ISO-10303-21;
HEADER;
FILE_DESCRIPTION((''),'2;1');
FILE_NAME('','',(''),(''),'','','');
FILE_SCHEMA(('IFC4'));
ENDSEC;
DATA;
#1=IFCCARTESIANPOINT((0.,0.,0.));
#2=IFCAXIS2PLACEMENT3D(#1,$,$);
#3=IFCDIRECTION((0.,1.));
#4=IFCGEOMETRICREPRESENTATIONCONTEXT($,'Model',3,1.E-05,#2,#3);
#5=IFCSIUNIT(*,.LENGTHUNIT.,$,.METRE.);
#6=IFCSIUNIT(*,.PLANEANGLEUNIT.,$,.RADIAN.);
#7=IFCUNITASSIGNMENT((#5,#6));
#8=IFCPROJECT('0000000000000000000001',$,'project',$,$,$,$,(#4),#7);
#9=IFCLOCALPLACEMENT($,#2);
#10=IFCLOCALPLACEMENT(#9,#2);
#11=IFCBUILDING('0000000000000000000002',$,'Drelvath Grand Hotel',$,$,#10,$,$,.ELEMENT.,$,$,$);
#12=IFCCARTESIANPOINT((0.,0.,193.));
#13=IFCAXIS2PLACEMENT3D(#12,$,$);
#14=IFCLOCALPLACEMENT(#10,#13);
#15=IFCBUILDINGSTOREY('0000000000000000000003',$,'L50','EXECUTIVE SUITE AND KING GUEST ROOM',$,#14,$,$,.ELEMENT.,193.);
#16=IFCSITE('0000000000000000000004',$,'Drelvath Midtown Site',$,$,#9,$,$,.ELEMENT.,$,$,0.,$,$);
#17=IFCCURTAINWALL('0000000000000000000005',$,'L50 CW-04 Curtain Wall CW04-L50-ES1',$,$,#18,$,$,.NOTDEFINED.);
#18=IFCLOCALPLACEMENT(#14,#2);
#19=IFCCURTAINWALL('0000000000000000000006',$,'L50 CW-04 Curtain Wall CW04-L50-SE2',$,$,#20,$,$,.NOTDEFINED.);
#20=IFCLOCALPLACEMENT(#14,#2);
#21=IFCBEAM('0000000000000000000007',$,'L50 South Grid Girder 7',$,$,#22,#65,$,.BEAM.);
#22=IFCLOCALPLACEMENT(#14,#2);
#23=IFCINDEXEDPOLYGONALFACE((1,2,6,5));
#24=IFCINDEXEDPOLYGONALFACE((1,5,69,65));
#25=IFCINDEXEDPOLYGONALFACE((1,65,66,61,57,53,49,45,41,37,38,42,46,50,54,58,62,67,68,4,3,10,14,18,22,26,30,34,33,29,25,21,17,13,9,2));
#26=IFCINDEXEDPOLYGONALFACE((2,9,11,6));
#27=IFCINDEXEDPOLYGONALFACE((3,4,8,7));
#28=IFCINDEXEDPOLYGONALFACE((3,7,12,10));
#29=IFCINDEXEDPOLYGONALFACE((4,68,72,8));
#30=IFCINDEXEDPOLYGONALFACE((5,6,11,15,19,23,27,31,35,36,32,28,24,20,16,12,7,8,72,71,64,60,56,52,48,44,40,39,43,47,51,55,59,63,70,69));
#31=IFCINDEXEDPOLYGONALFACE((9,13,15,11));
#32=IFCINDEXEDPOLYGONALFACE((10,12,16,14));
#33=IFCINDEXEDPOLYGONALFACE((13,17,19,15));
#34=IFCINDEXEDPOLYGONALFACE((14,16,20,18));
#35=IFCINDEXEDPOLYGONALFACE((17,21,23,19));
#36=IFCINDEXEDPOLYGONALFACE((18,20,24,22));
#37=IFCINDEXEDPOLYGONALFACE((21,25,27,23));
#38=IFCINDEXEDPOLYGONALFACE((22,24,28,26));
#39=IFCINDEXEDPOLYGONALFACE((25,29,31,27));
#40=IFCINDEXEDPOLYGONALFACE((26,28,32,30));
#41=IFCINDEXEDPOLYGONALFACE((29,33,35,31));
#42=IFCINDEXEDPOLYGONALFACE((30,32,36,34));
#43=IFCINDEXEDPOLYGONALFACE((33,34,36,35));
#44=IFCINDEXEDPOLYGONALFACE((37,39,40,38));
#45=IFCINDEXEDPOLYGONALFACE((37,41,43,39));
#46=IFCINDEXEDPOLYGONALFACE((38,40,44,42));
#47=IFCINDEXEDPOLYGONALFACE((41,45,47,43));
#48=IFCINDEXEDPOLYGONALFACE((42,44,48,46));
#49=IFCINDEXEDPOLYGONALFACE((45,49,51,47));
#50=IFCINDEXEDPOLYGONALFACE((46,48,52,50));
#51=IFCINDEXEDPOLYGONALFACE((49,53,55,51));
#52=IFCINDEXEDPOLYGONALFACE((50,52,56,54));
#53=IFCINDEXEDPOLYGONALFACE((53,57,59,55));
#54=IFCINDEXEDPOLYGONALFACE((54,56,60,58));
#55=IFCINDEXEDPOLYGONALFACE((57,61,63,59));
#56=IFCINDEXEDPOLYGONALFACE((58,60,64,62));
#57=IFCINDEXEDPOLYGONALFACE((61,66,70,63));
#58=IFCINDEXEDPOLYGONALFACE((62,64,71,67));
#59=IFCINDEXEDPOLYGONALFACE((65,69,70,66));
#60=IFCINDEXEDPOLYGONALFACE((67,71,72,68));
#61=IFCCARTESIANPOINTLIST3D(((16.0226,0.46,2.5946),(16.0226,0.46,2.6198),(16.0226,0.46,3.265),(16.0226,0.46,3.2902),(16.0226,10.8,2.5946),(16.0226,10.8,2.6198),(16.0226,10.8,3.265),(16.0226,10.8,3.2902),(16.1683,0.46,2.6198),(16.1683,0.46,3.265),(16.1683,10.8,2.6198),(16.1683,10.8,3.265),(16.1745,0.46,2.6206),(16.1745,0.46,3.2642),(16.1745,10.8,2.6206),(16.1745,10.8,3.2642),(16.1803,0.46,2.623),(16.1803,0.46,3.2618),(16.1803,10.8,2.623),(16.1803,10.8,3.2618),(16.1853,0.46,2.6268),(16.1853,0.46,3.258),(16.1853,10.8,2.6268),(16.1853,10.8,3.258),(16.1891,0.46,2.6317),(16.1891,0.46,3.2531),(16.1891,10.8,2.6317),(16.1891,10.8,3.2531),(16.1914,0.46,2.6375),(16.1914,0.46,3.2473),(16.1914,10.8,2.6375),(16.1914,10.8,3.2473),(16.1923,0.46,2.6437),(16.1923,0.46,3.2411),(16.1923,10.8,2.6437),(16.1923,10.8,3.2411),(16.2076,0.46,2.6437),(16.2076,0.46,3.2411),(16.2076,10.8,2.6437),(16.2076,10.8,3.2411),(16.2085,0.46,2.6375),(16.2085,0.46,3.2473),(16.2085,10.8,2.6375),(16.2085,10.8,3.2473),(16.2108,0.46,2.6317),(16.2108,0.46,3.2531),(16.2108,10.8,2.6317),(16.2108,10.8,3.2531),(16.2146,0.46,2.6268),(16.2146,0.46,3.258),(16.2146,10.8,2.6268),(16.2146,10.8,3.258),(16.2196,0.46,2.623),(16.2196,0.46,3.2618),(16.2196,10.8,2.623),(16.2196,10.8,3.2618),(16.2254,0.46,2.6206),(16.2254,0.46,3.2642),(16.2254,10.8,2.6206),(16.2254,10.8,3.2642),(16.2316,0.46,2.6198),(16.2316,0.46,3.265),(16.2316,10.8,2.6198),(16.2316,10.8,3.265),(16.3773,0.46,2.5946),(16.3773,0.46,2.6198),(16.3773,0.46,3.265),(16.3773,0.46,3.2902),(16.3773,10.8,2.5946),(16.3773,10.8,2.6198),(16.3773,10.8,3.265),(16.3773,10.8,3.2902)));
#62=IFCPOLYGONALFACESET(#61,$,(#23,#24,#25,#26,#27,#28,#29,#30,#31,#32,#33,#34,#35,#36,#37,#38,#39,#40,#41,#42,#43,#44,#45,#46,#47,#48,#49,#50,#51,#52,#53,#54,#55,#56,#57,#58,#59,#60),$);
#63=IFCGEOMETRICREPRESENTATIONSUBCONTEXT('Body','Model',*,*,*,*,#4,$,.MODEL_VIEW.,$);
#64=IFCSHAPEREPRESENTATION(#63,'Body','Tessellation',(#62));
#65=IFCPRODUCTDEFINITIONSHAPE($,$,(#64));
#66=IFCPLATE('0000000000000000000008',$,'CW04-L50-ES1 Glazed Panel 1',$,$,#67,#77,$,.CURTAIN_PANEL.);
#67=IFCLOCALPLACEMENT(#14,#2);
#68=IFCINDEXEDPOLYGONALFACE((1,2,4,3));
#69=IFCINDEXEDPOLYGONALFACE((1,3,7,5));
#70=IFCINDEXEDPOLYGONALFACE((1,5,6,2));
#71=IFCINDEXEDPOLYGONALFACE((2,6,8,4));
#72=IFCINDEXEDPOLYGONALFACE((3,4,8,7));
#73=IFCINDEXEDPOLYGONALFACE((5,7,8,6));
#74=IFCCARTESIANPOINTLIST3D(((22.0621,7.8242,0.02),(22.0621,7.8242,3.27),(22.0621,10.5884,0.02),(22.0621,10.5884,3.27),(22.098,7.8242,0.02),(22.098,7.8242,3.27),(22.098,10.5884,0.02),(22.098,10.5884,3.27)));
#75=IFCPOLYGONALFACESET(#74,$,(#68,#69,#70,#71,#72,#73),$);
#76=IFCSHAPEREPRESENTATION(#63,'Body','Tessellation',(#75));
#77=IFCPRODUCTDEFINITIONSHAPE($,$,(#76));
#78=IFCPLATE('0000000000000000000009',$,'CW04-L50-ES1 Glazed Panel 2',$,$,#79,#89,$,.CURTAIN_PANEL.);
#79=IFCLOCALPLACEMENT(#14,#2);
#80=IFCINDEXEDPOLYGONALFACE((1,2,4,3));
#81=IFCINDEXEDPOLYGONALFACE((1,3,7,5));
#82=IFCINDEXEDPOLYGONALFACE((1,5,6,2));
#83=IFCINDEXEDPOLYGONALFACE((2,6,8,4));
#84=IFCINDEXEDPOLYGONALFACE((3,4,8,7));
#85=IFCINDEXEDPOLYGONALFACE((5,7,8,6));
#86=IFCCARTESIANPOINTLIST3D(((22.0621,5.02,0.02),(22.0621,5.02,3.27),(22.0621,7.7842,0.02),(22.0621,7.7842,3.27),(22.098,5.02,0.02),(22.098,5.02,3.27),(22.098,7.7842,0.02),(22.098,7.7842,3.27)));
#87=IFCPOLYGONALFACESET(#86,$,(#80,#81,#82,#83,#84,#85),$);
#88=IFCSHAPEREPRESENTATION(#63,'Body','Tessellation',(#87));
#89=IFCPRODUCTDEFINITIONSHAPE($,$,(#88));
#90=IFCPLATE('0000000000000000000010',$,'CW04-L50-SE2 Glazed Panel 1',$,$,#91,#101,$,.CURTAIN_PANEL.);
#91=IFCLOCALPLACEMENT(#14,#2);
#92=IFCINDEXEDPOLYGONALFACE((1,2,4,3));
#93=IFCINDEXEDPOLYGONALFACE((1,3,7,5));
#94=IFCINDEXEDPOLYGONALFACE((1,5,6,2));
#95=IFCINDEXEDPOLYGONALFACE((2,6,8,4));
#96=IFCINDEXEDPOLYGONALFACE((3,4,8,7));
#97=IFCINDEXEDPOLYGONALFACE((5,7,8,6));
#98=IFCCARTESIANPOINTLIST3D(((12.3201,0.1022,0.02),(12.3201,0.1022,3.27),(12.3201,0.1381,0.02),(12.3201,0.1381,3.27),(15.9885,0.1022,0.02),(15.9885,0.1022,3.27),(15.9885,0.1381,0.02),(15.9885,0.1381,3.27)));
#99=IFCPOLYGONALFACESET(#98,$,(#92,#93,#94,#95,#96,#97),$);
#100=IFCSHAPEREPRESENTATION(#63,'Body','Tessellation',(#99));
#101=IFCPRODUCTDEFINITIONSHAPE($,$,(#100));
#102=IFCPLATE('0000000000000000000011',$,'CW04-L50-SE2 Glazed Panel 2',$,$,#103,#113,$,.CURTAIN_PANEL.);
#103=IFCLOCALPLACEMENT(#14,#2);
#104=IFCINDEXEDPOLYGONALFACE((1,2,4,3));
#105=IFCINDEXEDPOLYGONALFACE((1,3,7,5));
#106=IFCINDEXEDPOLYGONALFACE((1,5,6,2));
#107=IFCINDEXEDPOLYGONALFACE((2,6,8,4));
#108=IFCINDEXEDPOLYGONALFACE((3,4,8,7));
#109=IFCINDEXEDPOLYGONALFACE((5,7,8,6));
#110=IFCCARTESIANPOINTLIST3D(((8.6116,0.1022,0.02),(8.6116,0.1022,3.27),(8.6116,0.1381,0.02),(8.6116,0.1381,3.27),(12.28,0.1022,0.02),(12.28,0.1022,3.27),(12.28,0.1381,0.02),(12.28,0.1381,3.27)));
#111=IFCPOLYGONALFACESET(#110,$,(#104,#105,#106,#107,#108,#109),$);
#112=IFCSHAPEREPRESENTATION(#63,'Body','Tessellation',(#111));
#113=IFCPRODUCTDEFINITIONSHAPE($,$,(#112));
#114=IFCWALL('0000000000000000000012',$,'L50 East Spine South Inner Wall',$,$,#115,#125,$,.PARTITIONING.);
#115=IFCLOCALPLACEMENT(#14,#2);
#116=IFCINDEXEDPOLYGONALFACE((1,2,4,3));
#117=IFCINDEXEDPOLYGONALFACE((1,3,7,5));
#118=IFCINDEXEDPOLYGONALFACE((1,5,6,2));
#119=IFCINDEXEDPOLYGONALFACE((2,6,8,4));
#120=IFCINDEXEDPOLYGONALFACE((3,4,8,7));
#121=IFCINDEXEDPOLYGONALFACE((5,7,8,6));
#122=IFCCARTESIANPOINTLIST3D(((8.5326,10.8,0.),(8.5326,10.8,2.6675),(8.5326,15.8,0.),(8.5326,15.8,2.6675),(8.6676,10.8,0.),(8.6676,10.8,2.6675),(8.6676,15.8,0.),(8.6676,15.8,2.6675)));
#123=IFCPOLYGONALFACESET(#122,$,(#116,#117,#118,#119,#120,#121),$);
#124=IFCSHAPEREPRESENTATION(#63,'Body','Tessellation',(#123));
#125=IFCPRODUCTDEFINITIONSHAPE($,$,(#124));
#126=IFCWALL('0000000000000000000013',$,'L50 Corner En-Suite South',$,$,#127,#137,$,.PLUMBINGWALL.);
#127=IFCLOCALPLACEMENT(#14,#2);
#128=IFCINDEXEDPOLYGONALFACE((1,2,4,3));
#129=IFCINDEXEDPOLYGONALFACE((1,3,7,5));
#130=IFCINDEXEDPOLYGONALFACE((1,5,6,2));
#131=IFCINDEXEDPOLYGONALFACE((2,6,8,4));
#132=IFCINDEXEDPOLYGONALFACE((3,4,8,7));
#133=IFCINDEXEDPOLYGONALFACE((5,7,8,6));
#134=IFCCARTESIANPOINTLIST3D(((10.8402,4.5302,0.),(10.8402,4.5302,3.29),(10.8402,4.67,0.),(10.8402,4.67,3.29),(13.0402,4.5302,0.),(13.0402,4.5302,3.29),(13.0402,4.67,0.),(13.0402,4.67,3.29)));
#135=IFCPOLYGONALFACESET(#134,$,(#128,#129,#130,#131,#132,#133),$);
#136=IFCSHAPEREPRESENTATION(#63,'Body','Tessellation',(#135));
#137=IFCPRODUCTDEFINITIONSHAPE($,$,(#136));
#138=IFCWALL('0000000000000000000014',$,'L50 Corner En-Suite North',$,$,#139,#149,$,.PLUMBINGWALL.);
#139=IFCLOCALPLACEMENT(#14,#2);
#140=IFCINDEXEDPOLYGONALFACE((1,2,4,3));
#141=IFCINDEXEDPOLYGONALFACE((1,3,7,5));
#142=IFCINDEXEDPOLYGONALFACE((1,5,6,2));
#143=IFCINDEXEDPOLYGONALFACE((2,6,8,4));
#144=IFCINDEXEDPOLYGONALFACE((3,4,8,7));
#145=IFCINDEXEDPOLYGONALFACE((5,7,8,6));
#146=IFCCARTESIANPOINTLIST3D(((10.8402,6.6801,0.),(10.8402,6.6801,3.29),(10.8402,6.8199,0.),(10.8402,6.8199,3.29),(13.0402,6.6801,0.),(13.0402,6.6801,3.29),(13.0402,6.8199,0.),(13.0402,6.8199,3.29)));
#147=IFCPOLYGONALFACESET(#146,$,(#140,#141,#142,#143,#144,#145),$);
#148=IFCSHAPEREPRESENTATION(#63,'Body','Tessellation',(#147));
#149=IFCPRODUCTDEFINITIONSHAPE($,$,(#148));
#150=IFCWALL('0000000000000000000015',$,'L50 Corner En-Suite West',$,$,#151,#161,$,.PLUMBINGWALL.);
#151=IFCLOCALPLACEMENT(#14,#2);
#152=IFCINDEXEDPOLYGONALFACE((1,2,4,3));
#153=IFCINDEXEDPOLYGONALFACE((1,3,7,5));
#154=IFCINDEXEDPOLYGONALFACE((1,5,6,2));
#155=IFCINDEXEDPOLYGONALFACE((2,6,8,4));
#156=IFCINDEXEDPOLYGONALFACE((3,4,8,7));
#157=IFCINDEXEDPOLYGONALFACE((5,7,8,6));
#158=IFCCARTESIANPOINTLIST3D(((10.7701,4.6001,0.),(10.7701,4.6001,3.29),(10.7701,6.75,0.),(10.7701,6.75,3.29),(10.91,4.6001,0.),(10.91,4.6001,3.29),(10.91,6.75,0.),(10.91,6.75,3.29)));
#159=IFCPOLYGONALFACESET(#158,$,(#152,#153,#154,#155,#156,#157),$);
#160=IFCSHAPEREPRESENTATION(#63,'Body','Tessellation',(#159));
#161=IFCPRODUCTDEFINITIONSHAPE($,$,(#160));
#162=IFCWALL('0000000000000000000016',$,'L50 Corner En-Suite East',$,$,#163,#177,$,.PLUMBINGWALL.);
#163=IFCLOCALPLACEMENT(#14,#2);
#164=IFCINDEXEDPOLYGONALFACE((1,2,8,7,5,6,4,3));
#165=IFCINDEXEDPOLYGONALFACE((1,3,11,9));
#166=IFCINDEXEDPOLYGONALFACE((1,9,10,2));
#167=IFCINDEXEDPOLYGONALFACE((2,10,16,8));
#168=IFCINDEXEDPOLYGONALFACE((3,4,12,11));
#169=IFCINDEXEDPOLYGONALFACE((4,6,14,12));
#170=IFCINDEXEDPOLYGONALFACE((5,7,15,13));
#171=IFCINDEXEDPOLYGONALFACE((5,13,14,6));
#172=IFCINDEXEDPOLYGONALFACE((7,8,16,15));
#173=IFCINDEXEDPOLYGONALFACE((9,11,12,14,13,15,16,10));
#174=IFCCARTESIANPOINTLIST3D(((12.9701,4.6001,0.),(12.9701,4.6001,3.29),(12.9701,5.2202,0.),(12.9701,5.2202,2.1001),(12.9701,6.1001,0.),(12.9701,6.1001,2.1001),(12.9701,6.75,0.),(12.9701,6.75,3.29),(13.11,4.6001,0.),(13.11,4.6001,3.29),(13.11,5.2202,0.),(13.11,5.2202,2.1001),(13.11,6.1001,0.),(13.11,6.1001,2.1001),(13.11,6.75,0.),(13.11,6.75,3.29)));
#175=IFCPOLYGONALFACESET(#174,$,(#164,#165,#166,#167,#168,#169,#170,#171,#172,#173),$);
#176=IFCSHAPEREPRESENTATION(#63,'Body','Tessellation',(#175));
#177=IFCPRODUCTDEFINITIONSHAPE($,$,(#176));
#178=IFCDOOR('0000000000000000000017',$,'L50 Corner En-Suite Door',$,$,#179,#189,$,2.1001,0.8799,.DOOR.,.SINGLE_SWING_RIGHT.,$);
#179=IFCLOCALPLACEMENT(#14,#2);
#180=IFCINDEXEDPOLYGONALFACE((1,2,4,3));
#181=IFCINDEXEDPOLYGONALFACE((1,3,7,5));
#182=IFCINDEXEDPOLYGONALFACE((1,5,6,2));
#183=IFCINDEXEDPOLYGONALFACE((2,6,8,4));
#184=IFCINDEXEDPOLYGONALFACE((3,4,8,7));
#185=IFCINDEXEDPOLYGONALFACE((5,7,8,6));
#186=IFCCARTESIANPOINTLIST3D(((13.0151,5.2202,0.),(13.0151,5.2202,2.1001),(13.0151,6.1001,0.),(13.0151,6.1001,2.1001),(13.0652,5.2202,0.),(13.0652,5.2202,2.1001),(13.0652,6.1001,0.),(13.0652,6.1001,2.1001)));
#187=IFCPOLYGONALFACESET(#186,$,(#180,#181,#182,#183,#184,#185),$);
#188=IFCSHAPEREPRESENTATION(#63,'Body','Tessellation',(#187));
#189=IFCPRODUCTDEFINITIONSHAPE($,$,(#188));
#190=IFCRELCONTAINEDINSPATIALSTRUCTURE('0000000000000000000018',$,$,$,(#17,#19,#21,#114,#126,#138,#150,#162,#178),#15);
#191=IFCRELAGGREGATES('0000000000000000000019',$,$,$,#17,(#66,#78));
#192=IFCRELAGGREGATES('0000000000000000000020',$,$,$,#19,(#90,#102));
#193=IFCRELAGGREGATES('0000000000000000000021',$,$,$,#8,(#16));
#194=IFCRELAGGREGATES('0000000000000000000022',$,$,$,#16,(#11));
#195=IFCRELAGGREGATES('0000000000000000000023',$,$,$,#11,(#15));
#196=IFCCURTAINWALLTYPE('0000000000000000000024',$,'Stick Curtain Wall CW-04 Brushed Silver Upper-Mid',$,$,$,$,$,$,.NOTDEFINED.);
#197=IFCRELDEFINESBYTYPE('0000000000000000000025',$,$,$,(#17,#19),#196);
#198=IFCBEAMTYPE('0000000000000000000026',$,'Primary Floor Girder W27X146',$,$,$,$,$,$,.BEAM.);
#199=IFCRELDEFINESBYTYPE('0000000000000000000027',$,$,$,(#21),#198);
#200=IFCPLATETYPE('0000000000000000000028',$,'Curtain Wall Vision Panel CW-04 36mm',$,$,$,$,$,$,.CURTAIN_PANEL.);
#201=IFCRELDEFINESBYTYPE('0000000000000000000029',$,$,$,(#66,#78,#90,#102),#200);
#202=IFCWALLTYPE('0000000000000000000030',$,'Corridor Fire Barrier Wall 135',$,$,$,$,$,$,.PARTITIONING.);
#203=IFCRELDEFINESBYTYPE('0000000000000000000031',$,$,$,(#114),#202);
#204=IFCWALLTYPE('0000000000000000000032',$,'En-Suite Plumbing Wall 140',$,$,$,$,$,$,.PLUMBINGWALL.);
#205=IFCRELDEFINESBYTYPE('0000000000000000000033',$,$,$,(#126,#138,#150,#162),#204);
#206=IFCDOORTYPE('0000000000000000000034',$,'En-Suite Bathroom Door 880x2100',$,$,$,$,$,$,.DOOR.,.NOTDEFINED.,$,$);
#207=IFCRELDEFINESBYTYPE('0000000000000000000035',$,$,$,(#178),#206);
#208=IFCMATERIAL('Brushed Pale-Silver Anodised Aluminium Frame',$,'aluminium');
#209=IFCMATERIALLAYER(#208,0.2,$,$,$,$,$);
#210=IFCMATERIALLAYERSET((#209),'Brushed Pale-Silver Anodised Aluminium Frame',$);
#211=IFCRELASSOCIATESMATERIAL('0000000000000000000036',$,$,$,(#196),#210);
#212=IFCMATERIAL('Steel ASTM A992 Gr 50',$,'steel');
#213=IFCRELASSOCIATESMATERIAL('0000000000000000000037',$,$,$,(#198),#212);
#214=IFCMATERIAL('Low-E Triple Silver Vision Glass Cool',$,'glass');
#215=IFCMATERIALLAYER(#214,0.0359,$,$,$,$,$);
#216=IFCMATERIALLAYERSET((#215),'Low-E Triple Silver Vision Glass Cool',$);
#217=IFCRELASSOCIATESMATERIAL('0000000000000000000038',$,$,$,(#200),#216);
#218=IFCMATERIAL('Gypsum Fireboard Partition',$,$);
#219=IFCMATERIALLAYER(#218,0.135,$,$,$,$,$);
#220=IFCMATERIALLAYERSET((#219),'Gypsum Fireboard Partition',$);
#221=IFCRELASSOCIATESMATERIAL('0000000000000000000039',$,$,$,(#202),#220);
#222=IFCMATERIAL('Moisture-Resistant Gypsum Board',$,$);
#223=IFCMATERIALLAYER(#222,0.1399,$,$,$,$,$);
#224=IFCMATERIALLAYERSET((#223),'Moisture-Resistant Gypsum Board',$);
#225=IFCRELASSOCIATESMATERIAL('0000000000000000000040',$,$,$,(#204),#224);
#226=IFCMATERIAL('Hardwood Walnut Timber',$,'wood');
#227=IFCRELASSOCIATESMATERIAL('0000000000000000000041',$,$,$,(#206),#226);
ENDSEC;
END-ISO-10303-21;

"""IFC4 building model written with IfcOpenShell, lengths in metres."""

from ifc_helpers import new_model, si_unit, direction, frame, frame_2d, origin, origin_2d, place, context, subcontext, project, spatial, rectangle, i_section, extrude, material, layer, layer_set, material_profile, profile_set, type_object, element, fill, aggregate, save


model = new_model("IFC4")

# Units and contexts
model_context = context("Model", 3, precision=1e-05, world=origin(), true_north=direction((0.0, 1.0)))
body_context = subcontext(model_context, "Body", "Model", "MODEL_VIEW")
ifc_project = project(units=[si_unit("LENGTHUNIT", "METRE"), si_unit("PLANEANGLEUNIT", "RADIAN")], contexts=[model_context])

# Site, building, storey
site_placement = place(None, origin())
site = spatial("IfcSite", under=ifc_project, at=site_placement, Name="Drelvath Midtown Site", CompositionType="ELEMENT", RefElevation=0.0)
building_placement = place(site_placement, origin())
building = spatial("IfcBuilding", under=site, at=building_placement, Name="Drelvath Grand Hotel", CompositionType="ELEMENT")
storey_placement = place(building_placement, frame((0.0, 0.0, 193.0)))
storey = spatial("IfcBuildingStorey", under=building, at=storey_placement, Name="L50", Description="EXECUTIVE SUITE AND KING GUEST ROOM", CompositionType="ELEMENT", Elevation=193.0)

# Curtain walls
ifc_material_1 = material(Name="Brushed Pale-Silver Anodised Aluminium Frame", Category="aluminium")
ifc_layer_1 = layer(ifc_material_1, 0.2)
ifc_layer_set_1 = layer_set([ifc_layer_1], Name="Brushed Pale-Silver Anodised Aluminium Frame")
curtain_wall_type = type_object("IfcCurtainWallType", Name="Stick Curtain Wall CW-04 Brushed Silver Upper-Mid", PredefinedType="NOTDEFINED", material=ifc_layer_set_1)
curtain_wall_1_placement = place(storey_placement, origin())
curtain_wall_1 = element("IfcCurtainWall", 1, at=curtain_wall_1_placement, inside=storey, type_object=curtain_wall_type, Name="L50 CW-04 Curtain Wall CW04-L50-ES1", PredefinedType="NOTDEFINED")
curtain_wall_2_placement = place(storey_placement, origin())
curtain_wall_2 = element("IfcCurtainWall", 2, at=curtain_wall_2_placement, inside=storey, type_object=curtain_wall_type, Name="L50 CW-04 Curtain Wall CW04-L50-SE2", PredefinedType="NOTDEFINED")

# Beam
ifc_material_2 = material(Name="Steel ASTM A992 Gr 50", Category="steel")
ifc_material_profile_1 = material_profile(ifc_material_2, i_section(OverallWidth=0.3547, OverallDepth=0.6956, WebThickness=0.0154, FlangeThickness=0.0251, FilletRadius=0.0239, at=origin_2d()), Name="W27X146")
ifc_profile_set_1 = profile_set([ifc_material_profile_1], Name="Steel ASTM A992 Gr 50")
beam_type = type_object("IfcBeamType", Name="Primary Floor Girder W27X146", PredefinedType="BEAM", material=ifc_profile_set_1)
beam_placement = place(storey_placement, frame((16.2, 0.46, 2.9424), z_axis=(0.0, 1.0, 0.0), x_axis=(-1.0, 0.0, 0.0)))
element("IfcBeam", 3, at=beam_placement, inside=storey, type_object=beam_type, Name="L50 South Grid Girder 7", PredefinedType="BEAM", context=body_context, shape_type="SweptSolid", body=[
    extrude(i_section(OverallWidth=0.3547, OverallDepth=0.6956, WebThickness=0.0154, FlangeThickness=0.0251, FilletRadius=0.0239, at=origin_2d()), origin(), (0.0, 0.0, 1.0), 10.3401),
])

# Plates
ifc_material_3 = material(Name="Low-E Triple Silver Vision Glass Cool", Category="glass")
ifc_layer_2 = layer(ifc_material_3, 0.0359)
ifc_layer_set_2 = layer_set([ifc_layer_2], Name="Low-E Triple Silver Vision Glass Cool")
plate_type = type_object("IfcPlateType", Name="Curtain Wall Vision Panel CW-04 36mm", PredefinedType="CURTAIN_PANEL", material=ifc_layer_set_2)
plate_1_placement = place(storey_placement, frame((22.0801, 9.2063, 0.02), z_axis=(0.0, 0.0, 1.0), x_axis=(0.0, -1.0, 0.0)))
plate_1 = element("IfcPlate", 4, at=plate_1_placement, type_object=plate_type, Name="CW04-L50-ES1 Glazed Panel 1", PredefinedType="CURTAIN_PANEL", context=body_context, shape_type="SweptSolid", body=[
    extrude(rectangle(XDim=2.7642, YDim=0.0359, at=origin_2d()), origin(), (0.0, 0.0, 1.0), 3.25),
])
plate_2_placement = place(storey_placement, frame((22.0801, 6.4021, 0.02), z_axis=(0.0, 0.0, 1.0), x_axis=(0.0, -1.0, 0.0)))
plate_2 = element("IfcPlate", 5, at=plate_2_placement, type_object=plate_type, Name="CW04-L50-ES1 Glazed Panel 2", PredefinedType="CURTAIN_PANEL", context=body_context, shape_type="SweptSolid", body=[
    extrude(rectangle(XDim=2.7642, YDim=0.0359, at=origin_2d()), origin(), (0.0, 0.0, 1.0), 3.25),
])
aggregate(curtain_wall_1, [plate_1, plate_2])
plate_3_placement = place(storey_placement, frame((14.1543, 0.1201, 0.02), z_axis=(0.0, 0.0, 1.0), x_axis=(-1.0, 0.0, 0.0)))
plate_3 = element("IfcPlate", 6, at=plate_3_placement, type_object=plate_type, Name="CW04-L50-SE2 Glazed Panel 1", PredefinedType="CURTAIN_PANEL", context=body_context, shape_type="SweptSolid", body=[
    extrude(rectangle(XDim=3.6685, YDim=0.0359, at=origin_2d()), origin(), (0.0, 0.0, 1.0), 3.25),
])
plate_4_placement = place(storey_placement, frame((10.4458, 0.1201, 0.02), z_axis=(0.0, 0.0, 1.0), x_axis=(-1.0, 0.0, 0.0)))
plate_4 = element("IfcPlate", 7, at=plate_4_placement, type_object=plate_type, Name="CW04-L50-SE2 Glazed Panel 2", PredefinedType="CURTAIN_PANEL", context=body_context, shape_type="SweptSolid", body=[
    extrude(rectangle(XDim=3.6685, YDim=0.0359, at=origin_2d()), origin(), (0.0, 0.0, 1.0), 3.25),
])
aggregate(curtain_wall_2, [plate_3, plate_4])

# Walls
ifc_material_4 = material(Name="Gypsum Fireboard Partition")
ifc_layer_3 = layer(ifc_material_4, 0.135)
ifc_layer_set_3 = layer_set([ifc_layer_3], Name="Gypsum Fireboard Partition")
wall_type_1 = type_object("IfcWallType", Name="Corridor Fire Barrier Wall 135", PredefinedType="PARTITIONING", material=ifc_layer_set_3)
wall_1_placement = place(storey_placement, frame((8.6001, 10.8, 0.0), z_axis=(0.0, 0.0, 1.0), x_axis=(0.0, 1.0, 0.0)))
element("IfcWall", 8, at=wall_1_placement, inside=storey, type_object=wall_type_1, Name="L50 East Spine South Inner Wall", PredefinedType="PARTITIONING", context=body_context, shape_type="SweptSolid", body=[
    extrude(rectangle(XDim=5.0, YDim=0.135, at=frame_2d((2.5, 0.0))), origin(), (0.0, 0.0, 1.0), 2.6675),
])
ifc_material_5 = material(Name="Moisture-Resistant Gypsum Board")
ifc_layer_4 = layer(ifc_material_5, 0.1399)
ifc_layer_set_4 = layer_set([ifc_layer_4], Name="Moisture-Resistant Gypsum Board")
wall_type_2 = type_object("IfcWallType", Name="En-Suite Plumbing Wall 140", PredefinedType="PLUMBINGWALL", material=ifc_layer_set_4)
for number, where, z_axis, x_axis, name in (
    (9, (10.8401, 4.6001, 0.0), (0.0, 0.0, 1.0), (1.0, 0.0, 0.0), "L50 Corner En-Suite South"),
    (10, (10.8401, 6.75, 0.0), (0.0, 0.0, 1.0), (1.0, 0.0, 0.0), "L50 Corner En-Suite North"),
):
    element("IfcWall", number, at=place(storey_placement, frame(where, z_axis=z_axis, x_axis=x_axis)), inside=storey, type_object=wall_type_2, Name=name, PredefinedType="PLUMBINGWALL", context=body_context, shape_type="SweptSolid", body=[
        extrude(rectangle(XDim=2.2, YDim=0.1399, at=frame_2d((1.1001, 0.0))), origin(), (0.0, 0.0, 1.0), 3.29),
    ])
wall_2_placement = place(storey_placement, frame((10.8401, 4.6001, 0.0), z_axis=(0.0, 0.0, 1.0), x_axis=(0.0, 1.0, 0.0)))
element("IfcWall", 11, at=wall_2_placement, inside=storey, type_object=wall_type_2, Name="L50 Corner En-Suite West", PredefinedType="PLUMBINGWALL", context=body_context, shape_type="SweptSolid", body=[
    extrude(rectangle(XDim=2.1499, YDim=0.1399, at=frame_2d((1.075, 0.0))), origin(), (0.0, 0.0, 1.0), 3.29),
])

# Wall, opening, door
wall_3_placement = place(storey_placement, frame((13.04, 4.6001, 0.0), z_axis=(0.0, 0.0, 1.0), x_axis=(0.0, 1.0, 0.0)))
wall_3 = element("IfcWall", 12, at=wall_3_placement, inside=storey, type_object=wall_type_2, Name="L50 Corner En-Suite East", PredefinedType="PLUMBINGWALL", context=body_context, shape_type="SweptSolid", body=[
    extrude(rectangle(XDim=2.1499, YDim=0.1399, at=frame_2d((1.075, 0.0))), origin(), (0.0, 0.0, 1.0), 3.29),
])
opening_placement = place(wall_3_placement, frame((0.6201, 0.0, 0.0)))
opening = element("IfcOpeningElement", 13, at=opening_placement, cuts=wall_3, PredefinedType="OPENING", context=body_context, shape_type="SweptSolid", body=[
    extrude(rectangle(XDim=0.8799, YDim=2.1001, at=frame_2d((0.4399, 1.05))), frame((0.0, 0.0798, 0.0), z_axis=(0.0, -1.0, 0.0), x_axis=(1.0, 0.0, 0.0)), (0.0, 0.0, 1.0), 0.1599),
])
ifc_material_6 = material(Name="Hardwood Walnut Timber", Category="wood")
door_type = type_object("IfcDoorType", Name="En-Suite Bathroom Door 880x2100", OperationType="NOTDEFINED", PredefinedType="DOOR", material=ifc_material_6)
door_placement = place(opening_placement, origin())
door = element("IfcDoor", 14, at=door_placement, inside=storey, type_object=door_type, Name="L50 Corner En-Suite Door", OperationType="SINGLE_SWING_RIGHT", OverallHeight=2.1001, OverallWidth=0.8799, PredefinedType="DOOR", context=body_context, shape_type="SweptSolid", body=[
    extrude(rectangle(XDim=0.8799, YDim=2.1001, at=frame_2d((0.4399, 1.05))), frame((0.0, 0.0249, 0.0), z_axis=(0.0, -1.0, 0.0), x_axis=(1.0, 0.0, 0.0)), (0.0, 0.0, 1.0), 0.05),
])
fill(opening, door)

save(model, "model.ifc")
